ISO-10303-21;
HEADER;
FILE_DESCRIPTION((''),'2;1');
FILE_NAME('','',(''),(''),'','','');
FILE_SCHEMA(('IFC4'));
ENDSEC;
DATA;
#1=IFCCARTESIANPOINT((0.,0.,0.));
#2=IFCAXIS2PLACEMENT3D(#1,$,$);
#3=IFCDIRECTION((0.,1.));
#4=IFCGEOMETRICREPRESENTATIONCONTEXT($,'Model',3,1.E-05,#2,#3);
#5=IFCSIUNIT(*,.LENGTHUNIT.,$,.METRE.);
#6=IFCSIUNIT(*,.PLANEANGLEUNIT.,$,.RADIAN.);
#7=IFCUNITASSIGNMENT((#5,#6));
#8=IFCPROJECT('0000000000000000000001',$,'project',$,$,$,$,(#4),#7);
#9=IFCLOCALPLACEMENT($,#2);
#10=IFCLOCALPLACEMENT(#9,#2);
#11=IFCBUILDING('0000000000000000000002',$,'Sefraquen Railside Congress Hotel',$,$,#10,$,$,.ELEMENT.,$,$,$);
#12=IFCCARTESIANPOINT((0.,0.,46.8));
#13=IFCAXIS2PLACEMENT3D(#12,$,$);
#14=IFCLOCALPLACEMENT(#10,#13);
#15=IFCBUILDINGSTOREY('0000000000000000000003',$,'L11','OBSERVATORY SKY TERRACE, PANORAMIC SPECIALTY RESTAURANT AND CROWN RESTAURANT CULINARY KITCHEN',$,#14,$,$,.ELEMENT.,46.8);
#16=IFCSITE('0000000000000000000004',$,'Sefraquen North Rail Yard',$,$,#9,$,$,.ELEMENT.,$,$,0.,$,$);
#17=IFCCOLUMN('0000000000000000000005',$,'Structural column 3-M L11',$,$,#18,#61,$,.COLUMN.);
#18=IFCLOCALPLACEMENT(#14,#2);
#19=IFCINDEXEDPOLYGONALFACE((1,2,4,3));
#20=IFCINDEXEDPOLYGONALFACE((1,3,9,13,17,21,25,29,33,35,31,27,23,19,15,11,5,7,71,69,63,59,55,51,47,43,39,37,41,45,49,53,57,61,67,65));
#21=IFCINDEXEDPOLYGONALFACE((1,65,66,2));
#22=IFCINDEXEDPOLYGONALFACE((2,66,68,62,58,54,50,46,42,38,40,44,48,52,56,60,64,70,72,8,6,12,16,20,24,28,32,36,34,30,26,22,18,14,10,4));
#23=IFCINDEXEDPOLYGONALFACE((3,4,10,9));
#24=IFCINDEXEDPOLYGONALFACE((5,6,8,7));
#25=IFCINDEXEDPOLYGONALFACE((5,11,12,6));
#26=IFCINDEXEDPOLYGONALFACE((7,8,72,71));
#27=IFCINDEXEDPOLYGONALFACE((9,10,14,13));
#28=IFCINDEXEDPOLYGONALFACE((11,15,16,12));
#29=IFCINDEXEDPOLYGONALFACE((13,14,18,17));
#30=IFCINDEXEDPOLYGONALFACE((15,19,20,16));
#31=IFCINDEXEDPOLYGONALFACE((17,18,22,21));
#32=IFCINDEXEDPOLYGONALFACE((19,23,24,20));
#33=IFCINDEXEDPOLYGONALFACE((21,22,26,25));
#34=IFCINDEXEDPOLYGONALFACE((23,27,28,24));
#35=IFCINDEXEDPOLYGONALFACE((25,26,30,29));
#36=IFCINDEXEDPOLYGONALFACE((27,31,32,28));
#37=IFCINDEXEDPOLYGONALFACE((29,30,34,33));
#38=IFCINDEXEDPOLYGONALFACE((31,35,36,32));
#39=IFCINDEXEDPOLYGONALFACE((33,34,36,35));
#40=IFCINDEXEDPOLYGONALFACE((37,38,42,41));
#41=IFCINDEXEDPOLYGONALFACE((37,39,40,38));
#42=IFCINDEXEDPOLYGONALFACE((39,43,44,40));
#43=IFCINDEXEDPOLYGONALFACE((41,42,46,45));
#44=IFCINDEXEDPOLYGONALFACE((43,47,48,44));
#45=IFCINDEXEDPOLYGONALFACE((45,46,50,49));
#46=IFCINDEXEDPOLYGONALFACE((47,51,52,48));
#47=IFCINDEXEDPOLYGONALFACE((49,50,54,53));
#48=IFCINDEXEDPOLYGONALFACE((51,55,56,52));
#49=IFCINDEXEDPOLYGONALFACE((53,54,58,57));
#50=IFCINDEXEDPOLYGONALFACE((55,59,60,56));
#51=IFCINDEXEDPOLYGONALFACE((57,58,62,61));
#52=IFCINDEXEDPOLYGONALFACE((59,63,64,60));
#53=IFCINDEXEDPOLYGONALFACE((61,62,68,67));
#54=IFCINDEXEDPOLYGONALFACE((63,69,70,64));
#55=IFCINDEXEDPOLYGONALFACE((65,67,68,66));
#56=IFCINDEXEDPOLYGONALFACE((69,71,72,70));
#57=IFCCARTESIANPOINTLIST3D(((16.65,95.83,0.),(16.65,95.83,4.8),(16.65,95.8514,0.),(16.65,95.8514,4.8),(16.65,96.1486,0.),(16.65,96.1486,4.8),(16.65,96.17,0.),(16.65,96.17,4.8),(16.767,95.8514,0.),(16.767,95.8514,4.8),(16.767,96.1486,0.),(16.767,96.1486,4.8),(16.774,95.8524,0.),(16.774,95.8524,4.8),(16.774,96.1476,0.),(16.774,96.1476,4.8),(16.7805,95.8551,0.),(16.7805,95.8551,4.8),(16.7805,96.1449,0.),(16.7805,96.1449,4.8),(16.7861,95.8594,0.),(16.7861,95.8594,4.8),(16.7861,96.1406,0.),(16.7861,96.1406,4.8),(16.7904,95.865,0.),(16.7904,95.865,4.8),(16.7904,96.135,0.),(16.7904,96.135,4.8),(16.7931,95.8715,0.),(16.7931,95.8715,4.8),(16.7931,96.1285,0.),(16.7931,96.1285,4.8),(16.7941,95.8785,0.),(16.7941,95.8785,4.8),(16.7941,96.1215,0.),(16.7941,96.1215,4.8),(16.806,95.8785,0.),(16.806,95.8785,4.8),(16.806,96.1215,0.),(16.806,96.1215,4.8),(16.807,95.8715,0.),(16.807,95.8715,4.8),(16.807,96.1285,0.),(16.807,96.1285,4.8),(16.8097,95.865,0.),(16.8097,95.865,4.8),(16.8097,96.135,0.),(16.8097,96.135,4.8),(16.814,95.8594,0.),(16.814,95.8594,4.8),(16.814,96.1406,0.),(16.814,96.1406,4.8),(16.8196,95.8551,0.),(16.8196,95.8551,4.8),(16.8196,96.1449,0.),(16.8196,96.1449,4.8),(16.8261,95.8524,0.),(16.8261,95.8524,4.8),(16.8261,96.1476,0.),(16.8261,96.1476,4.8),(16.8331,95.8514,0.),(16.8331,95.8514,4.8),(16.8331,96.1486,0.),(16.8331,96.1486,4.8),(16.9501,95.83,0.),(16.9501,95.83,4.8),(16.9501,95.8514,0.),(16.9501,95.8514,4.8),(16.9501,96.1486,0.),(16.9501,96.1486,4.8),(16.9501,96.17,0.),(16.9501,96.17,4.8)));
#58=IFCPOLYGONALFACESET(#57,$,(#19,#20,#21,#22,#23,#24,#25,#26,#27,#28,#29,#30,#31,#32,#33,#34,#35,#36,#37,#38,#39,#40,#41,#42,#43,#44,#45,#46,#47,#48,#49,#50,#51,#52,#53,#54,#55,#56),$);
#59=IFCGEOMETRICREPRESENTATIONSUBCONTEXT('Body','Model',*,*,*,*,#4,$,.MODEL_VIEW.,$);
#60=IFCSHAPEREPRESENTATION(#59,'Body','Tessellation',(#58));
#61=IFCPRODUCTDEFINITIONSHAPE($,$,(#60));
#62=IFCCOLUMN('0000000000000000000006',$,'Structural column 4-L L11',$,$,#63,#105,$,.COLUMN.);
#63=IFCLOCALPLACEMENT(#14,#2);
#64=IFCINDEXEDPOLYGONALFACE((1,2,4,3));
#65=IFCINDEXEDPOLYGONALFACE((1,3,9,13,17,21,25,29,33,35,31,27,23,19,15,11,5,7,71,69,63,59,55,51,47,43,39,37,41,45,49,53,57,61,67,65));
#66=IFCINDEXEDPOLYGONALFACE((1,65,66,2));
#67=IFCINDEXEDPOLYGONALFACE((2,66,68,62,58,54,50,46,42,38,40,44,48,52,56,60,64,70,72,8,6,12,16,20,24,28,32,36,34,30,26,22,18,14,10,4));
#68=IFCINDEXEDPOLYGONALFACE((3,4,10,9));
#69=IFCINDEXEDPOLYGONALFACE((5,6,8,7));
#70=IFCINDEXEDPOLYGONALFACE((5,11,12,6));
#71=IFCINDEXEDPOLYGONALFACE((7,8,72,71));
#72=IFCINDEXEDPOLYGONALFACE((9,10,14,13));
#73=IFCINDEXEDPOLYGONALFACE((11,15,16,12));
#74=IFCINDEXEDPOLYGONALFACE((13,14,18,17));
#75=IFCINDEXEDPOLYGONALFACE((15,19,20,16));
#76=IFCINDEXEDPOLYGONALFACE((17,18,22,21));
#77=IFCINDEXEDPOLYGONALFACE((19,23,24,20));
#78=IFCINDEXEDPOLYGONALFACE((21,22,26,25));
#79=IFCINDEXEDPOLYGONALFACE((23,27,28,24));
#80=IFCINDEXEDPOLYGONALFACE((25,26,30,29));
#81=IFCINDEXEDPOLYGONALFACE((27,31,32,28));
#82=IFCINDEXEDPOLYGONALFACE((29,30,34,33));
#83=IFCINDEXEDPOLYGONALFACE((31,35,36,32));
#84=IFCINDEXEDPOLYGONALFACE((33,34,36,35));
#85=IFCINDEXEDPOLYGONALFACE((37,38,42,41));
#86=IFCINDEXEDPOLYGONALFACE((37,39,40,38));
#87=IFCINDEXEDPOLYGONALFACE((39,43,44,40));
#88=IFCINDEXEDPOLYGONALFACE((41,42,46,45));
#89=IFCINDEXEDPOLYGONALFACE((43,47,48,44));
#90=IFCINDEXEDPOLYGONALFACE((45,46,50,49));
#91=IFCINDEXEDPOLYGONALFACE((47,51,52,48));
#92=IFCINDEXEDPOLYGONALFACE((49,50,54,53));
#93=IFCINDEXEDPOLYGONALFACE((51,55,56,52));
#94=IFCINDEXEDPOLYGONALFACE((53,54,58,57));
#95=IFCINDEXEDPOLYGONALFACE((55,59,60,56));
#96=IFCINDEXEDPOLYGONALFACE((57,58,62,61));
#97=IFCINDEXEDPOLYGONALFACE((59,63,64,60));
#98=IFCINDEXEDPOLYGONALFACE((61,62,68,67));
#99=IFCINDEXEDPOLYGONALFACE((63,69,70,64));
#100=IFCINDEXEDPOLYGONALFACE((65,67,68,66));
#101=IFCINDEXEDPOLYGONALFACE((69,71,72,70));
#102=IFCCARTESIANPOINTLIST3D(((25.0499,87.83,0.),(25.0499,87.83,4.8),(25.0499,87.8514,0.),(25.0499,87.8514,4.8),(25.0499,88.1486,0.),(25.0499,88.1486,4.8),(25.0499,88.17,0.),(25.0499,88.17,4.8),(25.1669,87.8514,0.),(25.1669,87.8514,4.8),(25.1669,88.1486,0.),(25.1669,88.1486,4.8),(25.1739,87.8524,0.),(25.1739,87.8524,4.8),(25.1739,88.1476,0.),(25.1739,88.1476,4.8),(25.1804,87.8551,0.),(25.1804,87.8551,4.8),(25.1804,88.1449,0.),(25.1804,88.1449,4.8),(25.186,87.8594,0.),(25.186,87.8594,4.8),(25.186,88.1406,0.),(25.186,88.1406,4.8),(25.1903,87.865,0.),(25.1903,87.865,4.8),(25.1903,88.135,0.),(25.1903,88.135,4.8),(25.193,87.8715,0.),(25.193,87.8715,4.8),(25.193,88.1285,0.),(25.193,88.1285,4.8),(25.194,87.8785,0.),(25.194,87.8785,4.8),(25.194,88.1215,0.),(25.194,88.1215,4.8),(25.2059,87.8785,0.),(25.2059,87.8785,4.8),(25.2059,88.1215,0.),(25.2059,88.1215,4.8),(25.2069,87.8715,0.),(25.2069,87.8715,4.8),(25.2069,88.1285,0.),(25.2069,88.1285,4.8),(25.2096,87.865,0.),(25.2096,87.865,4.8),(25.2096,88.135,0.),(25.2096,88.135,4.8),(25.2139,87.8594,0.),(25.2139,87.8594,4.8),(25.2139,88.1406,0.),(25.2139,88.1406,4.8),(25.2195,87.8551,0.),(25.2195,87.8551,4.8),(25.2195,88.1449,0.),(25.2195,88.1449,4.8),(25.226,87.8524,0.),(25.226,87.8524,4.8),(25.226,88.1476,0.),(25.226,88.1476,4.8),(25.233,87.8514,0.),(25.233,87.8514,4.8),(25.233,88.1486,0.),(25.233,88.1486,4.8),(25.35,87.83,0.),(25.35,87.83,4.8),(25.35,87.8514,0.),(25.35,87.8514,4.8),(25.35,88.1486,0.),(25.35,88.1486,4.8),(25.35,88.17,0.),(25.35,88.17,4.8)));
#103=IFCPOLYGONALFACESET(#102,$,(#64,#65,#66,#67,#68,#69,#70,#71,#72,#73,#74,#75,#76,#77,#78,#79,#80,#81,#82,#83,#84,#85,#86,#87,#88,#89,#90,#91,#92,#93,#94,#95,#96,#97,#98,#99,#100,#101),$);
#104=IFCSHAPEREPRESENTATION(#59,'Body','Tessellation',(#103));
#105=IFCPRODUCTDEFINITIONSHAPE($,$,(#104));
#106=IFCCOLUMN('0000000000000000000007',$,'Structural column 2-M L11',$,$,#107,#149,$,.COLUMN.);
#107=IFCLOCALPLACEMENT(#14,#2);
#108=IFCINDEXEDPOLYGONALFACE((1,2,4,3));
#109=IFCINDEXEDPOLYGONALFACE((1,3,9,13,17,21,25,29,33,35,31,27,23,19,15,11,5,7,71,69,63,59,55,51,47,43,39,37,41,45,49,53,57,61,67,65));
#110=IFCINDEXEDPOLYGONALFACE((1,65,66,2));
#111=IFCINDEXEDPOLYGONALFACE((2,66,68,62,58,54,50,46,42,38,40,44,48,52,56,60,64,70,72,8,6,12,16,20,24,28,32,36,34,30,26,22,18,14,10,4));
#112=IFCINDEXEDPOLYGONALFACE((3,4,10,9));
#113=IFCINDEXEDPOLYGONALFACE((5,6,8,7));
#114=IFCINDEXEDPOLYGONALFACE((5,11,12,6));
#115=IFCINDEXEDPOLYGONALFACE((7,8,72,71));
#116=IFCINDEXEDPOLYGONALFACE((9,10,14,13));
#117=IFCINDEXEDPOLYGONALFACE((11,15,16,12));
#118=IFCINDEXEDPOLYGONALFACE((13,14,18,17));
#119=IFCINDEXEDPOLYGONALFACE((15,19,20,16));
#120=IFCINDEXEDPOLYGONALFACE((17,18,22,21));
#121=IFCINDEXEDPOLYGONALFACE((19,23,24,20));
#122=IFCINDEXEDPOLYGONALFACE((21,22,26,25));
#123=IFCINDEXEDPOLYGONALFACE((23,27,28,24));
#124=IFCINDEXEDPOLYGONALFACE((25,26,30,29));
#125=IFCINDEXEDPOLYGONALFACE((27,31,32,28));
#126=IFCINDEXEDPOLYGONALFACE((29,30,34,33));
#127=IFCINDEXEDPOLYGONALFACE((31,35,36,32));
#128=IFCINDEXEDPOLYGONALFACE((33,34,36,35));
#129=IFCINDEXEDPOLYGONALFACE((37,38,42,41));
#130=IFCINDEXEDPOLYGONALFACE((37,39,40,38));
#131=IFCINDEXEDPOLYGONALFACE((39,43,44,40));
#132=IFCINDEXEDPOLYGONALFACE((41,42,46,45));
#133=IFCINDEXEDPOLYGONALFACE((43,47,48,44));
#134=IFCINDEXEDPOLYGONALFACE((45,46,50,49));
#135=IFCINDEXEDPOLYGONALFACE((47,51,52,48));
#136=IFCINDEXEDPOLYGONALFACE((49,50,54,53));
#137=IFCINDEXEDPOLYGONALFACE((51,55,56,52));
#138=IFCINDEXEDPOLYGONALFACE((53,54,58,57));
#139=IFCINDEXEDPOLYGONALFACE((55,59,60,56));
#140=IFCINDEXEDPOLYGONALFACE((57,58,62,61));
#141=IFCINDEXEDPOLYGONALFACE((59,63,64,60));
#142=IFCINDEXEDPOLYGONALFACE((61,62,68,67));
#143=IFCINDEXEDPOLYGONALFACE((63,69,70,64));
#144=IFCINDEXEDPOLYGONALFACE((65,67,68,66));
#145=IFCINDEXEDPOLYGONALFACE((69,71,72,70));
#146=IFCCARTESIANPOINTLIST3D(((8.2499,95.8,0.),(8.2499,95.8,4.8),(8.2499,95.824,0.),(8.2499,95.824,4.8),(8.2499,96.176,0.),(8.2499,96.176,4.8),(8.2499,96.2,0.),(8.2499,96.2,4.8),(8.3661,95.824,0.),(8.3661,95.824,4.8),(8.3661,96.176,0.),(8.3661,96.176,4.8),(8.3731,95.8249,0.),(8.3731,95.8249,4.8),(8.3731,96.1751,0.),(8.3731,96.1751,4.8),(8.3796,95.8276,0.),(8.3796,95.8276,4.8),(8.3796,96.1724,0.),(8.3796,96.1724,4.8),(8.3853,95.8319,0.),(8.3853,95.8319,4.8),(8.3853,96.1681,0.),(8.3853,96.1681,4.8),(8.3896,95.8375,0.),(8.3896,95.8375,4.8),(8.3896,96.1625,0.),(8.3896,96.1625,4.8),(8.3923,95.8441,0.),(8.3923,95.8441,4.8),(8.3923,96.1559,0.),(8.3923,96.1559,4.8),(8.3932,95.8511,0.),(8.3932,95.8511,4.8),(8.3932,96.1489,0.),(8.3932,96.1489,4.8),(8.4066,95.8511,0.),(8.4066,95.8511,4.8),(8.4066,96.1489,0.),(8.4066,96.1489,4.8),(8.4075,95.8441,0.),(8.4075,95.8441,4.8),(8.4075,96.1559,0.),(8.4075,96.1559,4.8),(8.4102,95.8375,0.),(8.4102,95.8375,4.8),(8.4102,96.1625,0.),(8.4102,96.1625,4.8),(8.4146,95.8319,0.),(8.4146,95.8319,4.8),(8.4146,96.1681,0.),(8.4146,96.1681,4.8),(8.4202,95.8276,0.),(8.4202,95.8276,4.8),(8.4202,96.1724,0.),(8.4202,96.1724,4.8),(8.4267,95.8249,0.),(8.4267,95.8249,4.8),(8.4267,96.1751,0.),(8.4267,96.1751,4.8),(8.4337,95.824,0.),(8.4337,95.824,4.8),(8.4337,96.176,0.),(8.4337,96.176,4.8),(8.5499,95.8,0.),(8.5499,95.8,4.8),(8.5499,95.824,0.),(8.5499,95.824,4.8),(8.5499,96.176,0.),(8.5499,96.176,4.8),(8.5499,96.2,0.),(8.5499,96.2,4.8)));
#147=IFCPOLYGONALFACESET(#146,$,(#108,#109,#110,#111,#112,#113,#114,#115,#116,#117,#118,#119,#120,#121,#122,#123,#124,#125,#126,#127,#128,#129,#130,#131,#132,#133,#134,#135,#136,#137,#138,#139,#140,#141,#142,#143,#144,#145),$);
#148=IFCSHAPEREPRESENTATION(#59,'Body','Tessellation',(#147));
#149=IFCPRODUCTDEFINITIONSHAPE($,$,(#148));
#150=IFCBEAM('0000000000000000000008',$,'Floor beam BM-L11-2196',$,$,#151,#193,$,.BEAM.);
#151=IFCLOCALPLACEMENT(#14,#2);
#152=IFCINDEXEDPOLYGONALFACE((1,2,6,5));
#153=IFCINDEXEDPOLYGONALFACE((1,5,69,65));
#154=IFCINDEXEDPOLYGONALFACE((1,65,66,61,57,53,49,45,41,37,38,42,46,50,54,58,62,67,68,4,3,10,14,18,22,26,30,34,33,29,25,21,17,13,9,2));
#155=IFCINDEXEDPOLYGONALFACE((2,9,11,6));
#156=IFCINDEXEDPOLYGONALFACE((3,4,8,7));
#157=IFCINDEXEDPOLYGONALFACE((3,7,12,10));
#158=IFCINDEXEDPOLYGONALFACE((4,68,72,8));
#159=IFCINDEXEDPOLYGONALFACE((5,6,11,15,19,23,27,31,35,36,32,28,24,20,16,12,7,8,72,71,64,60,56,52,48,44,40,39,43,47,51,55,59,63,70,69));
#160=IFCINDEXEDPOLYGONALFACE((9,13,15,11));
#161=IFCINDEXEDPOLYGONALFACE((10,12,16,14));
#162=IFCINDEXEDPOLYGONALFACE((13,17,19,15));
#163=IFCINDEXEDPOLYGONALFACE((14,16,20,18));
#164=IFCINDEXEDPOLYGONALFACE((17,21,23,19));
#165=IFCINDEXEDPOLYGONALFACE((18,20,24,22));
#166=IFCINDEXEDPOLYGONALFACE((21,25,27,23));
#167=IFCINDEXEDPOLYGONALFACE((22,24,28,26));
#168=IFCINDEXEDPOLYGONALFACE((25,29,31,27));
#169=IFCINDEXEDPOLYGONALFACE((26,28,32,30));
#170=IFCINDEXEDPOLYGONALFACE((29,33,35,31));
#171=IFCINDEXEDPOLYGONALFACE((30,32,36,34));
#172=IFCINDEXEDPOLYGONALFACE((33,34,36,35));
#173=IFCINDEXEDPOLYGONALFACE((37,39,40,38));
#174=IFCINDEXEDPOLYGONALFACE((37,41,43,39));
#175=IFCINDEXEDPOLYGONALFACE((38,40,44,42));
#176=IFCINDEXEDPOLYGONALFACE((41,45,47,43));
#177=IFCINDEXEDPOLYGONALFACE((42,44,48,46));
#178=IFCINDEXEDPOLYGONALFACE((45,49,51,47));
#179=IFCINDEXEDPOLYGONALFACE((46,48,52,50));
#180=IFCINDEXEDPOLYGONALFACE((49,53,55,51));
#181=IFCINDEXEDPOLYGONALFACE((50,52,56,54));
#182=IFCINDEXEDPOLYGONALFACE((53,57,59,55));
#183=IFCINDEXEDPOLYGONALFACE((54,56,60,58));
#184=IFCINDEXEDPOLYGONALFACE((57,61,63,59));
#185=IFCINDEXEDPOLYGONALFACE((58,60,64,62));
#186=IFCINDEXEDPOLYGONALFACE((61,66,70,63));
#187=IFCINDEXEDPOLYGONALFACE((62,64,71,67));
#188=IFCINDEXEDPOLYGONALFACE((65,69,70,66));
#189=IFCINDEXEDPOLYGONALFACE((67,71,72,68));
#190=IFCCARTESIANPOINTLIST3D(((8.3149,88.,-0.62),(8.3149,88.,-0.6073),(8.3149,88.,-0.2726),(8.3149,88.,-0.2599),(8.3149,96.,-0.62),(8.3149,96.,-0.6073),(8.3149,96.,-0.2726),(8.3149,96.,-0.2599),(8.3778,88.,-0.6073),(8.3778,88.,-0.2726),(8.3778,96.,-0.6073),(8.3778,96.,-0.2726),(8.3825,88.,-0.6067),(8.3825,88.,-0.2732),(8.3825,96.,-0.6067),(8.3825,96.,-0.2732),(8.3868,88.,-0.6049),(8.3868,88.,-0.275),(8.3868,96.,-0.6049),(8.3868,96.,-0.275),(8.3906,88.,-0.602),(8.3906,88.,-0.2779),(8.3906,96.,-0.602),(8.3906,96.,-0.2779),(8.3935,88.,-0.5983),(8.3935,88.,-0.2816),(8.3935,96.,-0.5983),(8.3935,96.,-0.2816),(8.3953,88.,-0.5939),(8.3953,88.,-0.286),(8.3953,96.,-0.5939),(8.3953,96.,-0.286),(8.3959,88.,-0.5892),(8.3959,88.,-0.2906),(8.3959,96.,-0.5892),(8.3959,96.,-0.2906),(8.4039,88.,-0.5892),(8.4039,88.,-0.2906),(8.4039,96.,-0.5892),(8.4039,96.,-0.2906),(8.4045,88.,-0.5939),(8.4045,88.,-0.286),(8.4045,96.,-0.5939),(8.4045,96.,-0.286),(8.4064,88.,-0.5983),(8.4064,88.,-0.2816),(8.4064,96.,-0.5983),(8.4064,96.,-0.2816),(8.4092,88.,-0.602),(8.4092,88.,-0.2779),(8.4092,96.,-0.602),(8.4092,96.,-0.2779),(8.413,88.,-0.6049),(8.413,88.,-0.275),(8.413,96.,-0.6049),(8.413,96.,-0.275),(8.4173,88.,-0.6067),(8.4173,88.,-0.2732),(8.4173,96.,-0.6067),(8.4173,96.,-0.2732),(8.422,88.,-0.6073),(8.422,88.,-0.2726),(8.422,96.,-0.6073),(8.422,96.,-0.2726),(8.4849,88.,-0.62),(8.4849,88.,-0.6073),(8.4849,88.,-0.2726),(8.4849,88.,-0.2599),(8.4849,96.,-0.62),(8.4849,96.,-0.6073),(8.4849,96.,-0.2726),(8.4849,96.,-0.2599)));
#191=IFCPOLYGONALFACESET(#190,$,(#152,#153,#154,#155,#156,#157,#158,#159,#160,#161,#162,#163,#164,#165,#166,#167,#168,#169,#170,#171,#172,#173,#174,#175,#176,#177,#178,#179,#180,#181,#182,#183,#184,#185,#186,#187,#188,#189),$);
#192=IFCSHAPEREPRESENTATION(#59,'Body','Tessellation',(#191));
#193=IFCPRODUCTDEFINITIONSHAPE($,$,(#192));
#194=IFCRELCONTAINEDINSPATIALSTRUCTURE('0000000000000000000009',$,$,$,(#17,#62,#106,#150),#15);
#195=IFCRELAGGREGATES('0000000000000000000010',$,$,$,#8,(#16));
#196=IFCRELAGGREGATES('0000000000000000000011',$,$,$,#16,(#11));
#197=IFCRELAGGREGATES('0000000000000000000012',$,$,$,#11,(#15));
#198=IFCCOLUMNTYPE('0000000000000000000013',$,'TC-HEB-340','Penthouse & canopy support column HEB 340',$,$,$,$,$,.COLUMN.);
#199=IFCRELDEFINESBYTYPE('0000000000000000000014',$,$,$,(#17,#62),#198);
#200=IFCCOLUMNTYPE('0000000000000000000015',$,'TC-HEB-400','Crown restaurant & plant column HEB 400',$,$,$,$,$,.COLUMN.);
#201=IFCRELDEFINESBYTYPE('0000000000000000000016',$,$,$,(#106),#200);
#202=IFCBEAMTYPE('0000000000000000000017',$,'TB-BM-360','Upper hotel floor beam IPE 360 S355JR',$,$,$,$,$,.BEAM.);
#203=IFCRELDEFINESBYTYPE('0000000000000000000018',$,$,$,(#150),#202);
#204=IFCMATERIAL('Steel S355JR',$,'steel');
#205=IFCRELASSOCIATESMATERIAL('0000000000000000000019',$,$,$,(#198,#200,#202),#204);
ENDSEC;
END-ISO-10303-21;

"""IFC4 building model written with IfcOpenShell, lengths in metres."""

from ifc_helpers import new_model, si_unit, direction, frame, origin, origin_2d, place, context, subcontext, project, spatial, i_section, extrude, material, material_profile, profile_set, type_object, element, save


model = new_model("IFC4")

# Units and contexts
model_context = context("Model", 3, precision=1e-05, world=origin(), true_north=direction((0.0, 1.0)))
body_context = subcontext(model_context, "Body", "Model", "MODEL_VIEW")
ifc_project = project(units=[si_unit("LENGTHUNIT", "METRE"), si_unit("PLANEANGLEUNIT", "RADIAN")], contexts=[model_context])

# Site, building, storey
site_placement = place(None, origin())
site = spatial("IfcSite", under=ifc_project, at=site_placement, Name="Sefraquen North Rail Yard", CompositionType="ELEMENT", RefElevation=0.0)
building_placement = place(site_placement, origin())
building = spatial("IfcBuilding", under=site, at=building_placement, Name="Sefraquen Railside Congress Hotel", CompositionType="ELEMENT")
storey_placement = place(building_placement, frame((0.0, 0.0, 46.8)))
storey = spatial("IfcBuildingStorey", under=building, at=storey_placement, Name="L11", Description="OBSERVATORY SKY TERRACE, PANORAMIC SPECIALTY RESTAURANT AND CROWN RESTAURANT CULINARY KITCHEN", CompositionType="ELEMENT", Elevation=46.8)

# Columns
ifc_material_1 = material(Name="Steel S355JR", Category="steel")
ifc_material_profile_1 = material_profile(ifc_material_1, i_section(OverallWidth=0.3, OverallDepth=0.3401, WebThickness=0.012, FlangeThickness=0.0215, FilletRadius=0.0271, at=origin_2d()), Name="HEB 340")
ifc_profile_set_1 = profile_set([ifc_material_profile_1], Name="Steel S355JR")
column_type_1 = type_object("IfcColumnType", Name="TC-HEB-340", Description="Penthouse & canopy support column HEB 340", PredefinedType="COLUMN", material=ifc_profile_set_1)
for number, where, z_axis, x_axis, name in (
    (1, (16.8, 96.0, 0.0), (0.0, 0.0, 1.0), (1.0, 0.0, 0.0), "Structural column 3-M L11"),
    (2, (25.2, 88.0, 0.0), (0.0, 0.0, 1.0), (1.0, 0.0, 0.0), "Structural column 4-L L11"),
):
    element("IfcColumn", number, at=place(storey_placement, frame(where, z_axis=z_axis, x_axis=x_axis)), inside=storey, type_object=column_type_1, Name=name, PredefinedType="COLUMN", context=body_context, shape_type="SweptSolid", body=[
        extrude(i_section(OverallWidth=0.3, OverallDepth=0.3401, WebThickness=0.012, FlangeThickness=0.0215, FilletRadius=0.0271, at=origin_2d()), origin(), (0.0, 0.0, 1.0), 4.8),
    ])
ifc_material_profile_2 = material_profile(ifc_material_1, i_section(OverallWidth=0.3, OverallDepth=0.3999, WebThickness=0.0134, FlangeThickness=0.0239, FilletRadius=0.0271, at=origin_2d()), Name="HEB 400")
ifc_profile_set_2 = profile_set([ifc_material_profile_2], Name="Steel S355JR")
column_type_2 = type_object("IfcColumnType", Name="TC-HEB-400", Description="Crown restaurant & plant column HEB 400", PredefinedType="COLUMN", material=ifc_profile_set_2)
column_placement = place(storey_placement, frame((8.3999, 96.0, 0.0), z_axis=(0.0, 0.0, 1.0), x_axis=(1.0, 0.0, 0.0)))
element("IfcColumn", 3, at=column_placement, inside=storey, type_object=column_type_2, Name="Structural column 2-M L11", PredefinedType="COLUMN", context=body_context, shape_type="SweptSolid", body=[
    extrude(i_section(OverallWidth=0.3, OverallDepth=0.3999, WebThickness=0.0134, FlangeThickness=0.0239, FilletRadius=0.0271, at=origin_2d()), origin(), (0.0, 0.0, 1.0), 4.8),
])

# Beam
ifc_material_profile_3 = material_profile(ifc_material_1, i_section(OverallWidth=0.1699, OverallDepth=0.3601, WebThickness=0.0081, FlangeThickness=0.0127, FilletRadius=0.0181, at=origin_2d()), Name="IPE 360")
ifc_profile_set_3 = profile_set([ifc_material_profile_3], Name="Steel S355JR")
beam_type_1 = type_object("IfcBeamType", Name="TB-BM-360", Description="Upper hotel floor beam IPE 360 S355JR", PredefinedType="BEAM", material=ifc_profile_set_3)
beam_1_placement = place(storey_placement, frame((8.3999, 88.0, -0.4399), z_axis=(0.0, 1.0, 0.0), x_axis=(-1.0, 0.0, 0.0)))
element("IfcBeam", 4, at=beam_1_placement, inside=storey, type_object=beam_type_1, Name="Floor beam BM-L11-2196", PredefinedType="BEAM", context=body_context, shape_type="SweptSolid", body=[
    extrude(i_section(OverallWidth=0.1699, OverallDepth=0.3601, WebThickness=0.0081, FlangeThickness=0.0127, FilletRadius=0.0181, at=origin_2d()), origin(), (0.0, 0.0, 1.0), 8.0),
])

save(model, "model.ifc")
